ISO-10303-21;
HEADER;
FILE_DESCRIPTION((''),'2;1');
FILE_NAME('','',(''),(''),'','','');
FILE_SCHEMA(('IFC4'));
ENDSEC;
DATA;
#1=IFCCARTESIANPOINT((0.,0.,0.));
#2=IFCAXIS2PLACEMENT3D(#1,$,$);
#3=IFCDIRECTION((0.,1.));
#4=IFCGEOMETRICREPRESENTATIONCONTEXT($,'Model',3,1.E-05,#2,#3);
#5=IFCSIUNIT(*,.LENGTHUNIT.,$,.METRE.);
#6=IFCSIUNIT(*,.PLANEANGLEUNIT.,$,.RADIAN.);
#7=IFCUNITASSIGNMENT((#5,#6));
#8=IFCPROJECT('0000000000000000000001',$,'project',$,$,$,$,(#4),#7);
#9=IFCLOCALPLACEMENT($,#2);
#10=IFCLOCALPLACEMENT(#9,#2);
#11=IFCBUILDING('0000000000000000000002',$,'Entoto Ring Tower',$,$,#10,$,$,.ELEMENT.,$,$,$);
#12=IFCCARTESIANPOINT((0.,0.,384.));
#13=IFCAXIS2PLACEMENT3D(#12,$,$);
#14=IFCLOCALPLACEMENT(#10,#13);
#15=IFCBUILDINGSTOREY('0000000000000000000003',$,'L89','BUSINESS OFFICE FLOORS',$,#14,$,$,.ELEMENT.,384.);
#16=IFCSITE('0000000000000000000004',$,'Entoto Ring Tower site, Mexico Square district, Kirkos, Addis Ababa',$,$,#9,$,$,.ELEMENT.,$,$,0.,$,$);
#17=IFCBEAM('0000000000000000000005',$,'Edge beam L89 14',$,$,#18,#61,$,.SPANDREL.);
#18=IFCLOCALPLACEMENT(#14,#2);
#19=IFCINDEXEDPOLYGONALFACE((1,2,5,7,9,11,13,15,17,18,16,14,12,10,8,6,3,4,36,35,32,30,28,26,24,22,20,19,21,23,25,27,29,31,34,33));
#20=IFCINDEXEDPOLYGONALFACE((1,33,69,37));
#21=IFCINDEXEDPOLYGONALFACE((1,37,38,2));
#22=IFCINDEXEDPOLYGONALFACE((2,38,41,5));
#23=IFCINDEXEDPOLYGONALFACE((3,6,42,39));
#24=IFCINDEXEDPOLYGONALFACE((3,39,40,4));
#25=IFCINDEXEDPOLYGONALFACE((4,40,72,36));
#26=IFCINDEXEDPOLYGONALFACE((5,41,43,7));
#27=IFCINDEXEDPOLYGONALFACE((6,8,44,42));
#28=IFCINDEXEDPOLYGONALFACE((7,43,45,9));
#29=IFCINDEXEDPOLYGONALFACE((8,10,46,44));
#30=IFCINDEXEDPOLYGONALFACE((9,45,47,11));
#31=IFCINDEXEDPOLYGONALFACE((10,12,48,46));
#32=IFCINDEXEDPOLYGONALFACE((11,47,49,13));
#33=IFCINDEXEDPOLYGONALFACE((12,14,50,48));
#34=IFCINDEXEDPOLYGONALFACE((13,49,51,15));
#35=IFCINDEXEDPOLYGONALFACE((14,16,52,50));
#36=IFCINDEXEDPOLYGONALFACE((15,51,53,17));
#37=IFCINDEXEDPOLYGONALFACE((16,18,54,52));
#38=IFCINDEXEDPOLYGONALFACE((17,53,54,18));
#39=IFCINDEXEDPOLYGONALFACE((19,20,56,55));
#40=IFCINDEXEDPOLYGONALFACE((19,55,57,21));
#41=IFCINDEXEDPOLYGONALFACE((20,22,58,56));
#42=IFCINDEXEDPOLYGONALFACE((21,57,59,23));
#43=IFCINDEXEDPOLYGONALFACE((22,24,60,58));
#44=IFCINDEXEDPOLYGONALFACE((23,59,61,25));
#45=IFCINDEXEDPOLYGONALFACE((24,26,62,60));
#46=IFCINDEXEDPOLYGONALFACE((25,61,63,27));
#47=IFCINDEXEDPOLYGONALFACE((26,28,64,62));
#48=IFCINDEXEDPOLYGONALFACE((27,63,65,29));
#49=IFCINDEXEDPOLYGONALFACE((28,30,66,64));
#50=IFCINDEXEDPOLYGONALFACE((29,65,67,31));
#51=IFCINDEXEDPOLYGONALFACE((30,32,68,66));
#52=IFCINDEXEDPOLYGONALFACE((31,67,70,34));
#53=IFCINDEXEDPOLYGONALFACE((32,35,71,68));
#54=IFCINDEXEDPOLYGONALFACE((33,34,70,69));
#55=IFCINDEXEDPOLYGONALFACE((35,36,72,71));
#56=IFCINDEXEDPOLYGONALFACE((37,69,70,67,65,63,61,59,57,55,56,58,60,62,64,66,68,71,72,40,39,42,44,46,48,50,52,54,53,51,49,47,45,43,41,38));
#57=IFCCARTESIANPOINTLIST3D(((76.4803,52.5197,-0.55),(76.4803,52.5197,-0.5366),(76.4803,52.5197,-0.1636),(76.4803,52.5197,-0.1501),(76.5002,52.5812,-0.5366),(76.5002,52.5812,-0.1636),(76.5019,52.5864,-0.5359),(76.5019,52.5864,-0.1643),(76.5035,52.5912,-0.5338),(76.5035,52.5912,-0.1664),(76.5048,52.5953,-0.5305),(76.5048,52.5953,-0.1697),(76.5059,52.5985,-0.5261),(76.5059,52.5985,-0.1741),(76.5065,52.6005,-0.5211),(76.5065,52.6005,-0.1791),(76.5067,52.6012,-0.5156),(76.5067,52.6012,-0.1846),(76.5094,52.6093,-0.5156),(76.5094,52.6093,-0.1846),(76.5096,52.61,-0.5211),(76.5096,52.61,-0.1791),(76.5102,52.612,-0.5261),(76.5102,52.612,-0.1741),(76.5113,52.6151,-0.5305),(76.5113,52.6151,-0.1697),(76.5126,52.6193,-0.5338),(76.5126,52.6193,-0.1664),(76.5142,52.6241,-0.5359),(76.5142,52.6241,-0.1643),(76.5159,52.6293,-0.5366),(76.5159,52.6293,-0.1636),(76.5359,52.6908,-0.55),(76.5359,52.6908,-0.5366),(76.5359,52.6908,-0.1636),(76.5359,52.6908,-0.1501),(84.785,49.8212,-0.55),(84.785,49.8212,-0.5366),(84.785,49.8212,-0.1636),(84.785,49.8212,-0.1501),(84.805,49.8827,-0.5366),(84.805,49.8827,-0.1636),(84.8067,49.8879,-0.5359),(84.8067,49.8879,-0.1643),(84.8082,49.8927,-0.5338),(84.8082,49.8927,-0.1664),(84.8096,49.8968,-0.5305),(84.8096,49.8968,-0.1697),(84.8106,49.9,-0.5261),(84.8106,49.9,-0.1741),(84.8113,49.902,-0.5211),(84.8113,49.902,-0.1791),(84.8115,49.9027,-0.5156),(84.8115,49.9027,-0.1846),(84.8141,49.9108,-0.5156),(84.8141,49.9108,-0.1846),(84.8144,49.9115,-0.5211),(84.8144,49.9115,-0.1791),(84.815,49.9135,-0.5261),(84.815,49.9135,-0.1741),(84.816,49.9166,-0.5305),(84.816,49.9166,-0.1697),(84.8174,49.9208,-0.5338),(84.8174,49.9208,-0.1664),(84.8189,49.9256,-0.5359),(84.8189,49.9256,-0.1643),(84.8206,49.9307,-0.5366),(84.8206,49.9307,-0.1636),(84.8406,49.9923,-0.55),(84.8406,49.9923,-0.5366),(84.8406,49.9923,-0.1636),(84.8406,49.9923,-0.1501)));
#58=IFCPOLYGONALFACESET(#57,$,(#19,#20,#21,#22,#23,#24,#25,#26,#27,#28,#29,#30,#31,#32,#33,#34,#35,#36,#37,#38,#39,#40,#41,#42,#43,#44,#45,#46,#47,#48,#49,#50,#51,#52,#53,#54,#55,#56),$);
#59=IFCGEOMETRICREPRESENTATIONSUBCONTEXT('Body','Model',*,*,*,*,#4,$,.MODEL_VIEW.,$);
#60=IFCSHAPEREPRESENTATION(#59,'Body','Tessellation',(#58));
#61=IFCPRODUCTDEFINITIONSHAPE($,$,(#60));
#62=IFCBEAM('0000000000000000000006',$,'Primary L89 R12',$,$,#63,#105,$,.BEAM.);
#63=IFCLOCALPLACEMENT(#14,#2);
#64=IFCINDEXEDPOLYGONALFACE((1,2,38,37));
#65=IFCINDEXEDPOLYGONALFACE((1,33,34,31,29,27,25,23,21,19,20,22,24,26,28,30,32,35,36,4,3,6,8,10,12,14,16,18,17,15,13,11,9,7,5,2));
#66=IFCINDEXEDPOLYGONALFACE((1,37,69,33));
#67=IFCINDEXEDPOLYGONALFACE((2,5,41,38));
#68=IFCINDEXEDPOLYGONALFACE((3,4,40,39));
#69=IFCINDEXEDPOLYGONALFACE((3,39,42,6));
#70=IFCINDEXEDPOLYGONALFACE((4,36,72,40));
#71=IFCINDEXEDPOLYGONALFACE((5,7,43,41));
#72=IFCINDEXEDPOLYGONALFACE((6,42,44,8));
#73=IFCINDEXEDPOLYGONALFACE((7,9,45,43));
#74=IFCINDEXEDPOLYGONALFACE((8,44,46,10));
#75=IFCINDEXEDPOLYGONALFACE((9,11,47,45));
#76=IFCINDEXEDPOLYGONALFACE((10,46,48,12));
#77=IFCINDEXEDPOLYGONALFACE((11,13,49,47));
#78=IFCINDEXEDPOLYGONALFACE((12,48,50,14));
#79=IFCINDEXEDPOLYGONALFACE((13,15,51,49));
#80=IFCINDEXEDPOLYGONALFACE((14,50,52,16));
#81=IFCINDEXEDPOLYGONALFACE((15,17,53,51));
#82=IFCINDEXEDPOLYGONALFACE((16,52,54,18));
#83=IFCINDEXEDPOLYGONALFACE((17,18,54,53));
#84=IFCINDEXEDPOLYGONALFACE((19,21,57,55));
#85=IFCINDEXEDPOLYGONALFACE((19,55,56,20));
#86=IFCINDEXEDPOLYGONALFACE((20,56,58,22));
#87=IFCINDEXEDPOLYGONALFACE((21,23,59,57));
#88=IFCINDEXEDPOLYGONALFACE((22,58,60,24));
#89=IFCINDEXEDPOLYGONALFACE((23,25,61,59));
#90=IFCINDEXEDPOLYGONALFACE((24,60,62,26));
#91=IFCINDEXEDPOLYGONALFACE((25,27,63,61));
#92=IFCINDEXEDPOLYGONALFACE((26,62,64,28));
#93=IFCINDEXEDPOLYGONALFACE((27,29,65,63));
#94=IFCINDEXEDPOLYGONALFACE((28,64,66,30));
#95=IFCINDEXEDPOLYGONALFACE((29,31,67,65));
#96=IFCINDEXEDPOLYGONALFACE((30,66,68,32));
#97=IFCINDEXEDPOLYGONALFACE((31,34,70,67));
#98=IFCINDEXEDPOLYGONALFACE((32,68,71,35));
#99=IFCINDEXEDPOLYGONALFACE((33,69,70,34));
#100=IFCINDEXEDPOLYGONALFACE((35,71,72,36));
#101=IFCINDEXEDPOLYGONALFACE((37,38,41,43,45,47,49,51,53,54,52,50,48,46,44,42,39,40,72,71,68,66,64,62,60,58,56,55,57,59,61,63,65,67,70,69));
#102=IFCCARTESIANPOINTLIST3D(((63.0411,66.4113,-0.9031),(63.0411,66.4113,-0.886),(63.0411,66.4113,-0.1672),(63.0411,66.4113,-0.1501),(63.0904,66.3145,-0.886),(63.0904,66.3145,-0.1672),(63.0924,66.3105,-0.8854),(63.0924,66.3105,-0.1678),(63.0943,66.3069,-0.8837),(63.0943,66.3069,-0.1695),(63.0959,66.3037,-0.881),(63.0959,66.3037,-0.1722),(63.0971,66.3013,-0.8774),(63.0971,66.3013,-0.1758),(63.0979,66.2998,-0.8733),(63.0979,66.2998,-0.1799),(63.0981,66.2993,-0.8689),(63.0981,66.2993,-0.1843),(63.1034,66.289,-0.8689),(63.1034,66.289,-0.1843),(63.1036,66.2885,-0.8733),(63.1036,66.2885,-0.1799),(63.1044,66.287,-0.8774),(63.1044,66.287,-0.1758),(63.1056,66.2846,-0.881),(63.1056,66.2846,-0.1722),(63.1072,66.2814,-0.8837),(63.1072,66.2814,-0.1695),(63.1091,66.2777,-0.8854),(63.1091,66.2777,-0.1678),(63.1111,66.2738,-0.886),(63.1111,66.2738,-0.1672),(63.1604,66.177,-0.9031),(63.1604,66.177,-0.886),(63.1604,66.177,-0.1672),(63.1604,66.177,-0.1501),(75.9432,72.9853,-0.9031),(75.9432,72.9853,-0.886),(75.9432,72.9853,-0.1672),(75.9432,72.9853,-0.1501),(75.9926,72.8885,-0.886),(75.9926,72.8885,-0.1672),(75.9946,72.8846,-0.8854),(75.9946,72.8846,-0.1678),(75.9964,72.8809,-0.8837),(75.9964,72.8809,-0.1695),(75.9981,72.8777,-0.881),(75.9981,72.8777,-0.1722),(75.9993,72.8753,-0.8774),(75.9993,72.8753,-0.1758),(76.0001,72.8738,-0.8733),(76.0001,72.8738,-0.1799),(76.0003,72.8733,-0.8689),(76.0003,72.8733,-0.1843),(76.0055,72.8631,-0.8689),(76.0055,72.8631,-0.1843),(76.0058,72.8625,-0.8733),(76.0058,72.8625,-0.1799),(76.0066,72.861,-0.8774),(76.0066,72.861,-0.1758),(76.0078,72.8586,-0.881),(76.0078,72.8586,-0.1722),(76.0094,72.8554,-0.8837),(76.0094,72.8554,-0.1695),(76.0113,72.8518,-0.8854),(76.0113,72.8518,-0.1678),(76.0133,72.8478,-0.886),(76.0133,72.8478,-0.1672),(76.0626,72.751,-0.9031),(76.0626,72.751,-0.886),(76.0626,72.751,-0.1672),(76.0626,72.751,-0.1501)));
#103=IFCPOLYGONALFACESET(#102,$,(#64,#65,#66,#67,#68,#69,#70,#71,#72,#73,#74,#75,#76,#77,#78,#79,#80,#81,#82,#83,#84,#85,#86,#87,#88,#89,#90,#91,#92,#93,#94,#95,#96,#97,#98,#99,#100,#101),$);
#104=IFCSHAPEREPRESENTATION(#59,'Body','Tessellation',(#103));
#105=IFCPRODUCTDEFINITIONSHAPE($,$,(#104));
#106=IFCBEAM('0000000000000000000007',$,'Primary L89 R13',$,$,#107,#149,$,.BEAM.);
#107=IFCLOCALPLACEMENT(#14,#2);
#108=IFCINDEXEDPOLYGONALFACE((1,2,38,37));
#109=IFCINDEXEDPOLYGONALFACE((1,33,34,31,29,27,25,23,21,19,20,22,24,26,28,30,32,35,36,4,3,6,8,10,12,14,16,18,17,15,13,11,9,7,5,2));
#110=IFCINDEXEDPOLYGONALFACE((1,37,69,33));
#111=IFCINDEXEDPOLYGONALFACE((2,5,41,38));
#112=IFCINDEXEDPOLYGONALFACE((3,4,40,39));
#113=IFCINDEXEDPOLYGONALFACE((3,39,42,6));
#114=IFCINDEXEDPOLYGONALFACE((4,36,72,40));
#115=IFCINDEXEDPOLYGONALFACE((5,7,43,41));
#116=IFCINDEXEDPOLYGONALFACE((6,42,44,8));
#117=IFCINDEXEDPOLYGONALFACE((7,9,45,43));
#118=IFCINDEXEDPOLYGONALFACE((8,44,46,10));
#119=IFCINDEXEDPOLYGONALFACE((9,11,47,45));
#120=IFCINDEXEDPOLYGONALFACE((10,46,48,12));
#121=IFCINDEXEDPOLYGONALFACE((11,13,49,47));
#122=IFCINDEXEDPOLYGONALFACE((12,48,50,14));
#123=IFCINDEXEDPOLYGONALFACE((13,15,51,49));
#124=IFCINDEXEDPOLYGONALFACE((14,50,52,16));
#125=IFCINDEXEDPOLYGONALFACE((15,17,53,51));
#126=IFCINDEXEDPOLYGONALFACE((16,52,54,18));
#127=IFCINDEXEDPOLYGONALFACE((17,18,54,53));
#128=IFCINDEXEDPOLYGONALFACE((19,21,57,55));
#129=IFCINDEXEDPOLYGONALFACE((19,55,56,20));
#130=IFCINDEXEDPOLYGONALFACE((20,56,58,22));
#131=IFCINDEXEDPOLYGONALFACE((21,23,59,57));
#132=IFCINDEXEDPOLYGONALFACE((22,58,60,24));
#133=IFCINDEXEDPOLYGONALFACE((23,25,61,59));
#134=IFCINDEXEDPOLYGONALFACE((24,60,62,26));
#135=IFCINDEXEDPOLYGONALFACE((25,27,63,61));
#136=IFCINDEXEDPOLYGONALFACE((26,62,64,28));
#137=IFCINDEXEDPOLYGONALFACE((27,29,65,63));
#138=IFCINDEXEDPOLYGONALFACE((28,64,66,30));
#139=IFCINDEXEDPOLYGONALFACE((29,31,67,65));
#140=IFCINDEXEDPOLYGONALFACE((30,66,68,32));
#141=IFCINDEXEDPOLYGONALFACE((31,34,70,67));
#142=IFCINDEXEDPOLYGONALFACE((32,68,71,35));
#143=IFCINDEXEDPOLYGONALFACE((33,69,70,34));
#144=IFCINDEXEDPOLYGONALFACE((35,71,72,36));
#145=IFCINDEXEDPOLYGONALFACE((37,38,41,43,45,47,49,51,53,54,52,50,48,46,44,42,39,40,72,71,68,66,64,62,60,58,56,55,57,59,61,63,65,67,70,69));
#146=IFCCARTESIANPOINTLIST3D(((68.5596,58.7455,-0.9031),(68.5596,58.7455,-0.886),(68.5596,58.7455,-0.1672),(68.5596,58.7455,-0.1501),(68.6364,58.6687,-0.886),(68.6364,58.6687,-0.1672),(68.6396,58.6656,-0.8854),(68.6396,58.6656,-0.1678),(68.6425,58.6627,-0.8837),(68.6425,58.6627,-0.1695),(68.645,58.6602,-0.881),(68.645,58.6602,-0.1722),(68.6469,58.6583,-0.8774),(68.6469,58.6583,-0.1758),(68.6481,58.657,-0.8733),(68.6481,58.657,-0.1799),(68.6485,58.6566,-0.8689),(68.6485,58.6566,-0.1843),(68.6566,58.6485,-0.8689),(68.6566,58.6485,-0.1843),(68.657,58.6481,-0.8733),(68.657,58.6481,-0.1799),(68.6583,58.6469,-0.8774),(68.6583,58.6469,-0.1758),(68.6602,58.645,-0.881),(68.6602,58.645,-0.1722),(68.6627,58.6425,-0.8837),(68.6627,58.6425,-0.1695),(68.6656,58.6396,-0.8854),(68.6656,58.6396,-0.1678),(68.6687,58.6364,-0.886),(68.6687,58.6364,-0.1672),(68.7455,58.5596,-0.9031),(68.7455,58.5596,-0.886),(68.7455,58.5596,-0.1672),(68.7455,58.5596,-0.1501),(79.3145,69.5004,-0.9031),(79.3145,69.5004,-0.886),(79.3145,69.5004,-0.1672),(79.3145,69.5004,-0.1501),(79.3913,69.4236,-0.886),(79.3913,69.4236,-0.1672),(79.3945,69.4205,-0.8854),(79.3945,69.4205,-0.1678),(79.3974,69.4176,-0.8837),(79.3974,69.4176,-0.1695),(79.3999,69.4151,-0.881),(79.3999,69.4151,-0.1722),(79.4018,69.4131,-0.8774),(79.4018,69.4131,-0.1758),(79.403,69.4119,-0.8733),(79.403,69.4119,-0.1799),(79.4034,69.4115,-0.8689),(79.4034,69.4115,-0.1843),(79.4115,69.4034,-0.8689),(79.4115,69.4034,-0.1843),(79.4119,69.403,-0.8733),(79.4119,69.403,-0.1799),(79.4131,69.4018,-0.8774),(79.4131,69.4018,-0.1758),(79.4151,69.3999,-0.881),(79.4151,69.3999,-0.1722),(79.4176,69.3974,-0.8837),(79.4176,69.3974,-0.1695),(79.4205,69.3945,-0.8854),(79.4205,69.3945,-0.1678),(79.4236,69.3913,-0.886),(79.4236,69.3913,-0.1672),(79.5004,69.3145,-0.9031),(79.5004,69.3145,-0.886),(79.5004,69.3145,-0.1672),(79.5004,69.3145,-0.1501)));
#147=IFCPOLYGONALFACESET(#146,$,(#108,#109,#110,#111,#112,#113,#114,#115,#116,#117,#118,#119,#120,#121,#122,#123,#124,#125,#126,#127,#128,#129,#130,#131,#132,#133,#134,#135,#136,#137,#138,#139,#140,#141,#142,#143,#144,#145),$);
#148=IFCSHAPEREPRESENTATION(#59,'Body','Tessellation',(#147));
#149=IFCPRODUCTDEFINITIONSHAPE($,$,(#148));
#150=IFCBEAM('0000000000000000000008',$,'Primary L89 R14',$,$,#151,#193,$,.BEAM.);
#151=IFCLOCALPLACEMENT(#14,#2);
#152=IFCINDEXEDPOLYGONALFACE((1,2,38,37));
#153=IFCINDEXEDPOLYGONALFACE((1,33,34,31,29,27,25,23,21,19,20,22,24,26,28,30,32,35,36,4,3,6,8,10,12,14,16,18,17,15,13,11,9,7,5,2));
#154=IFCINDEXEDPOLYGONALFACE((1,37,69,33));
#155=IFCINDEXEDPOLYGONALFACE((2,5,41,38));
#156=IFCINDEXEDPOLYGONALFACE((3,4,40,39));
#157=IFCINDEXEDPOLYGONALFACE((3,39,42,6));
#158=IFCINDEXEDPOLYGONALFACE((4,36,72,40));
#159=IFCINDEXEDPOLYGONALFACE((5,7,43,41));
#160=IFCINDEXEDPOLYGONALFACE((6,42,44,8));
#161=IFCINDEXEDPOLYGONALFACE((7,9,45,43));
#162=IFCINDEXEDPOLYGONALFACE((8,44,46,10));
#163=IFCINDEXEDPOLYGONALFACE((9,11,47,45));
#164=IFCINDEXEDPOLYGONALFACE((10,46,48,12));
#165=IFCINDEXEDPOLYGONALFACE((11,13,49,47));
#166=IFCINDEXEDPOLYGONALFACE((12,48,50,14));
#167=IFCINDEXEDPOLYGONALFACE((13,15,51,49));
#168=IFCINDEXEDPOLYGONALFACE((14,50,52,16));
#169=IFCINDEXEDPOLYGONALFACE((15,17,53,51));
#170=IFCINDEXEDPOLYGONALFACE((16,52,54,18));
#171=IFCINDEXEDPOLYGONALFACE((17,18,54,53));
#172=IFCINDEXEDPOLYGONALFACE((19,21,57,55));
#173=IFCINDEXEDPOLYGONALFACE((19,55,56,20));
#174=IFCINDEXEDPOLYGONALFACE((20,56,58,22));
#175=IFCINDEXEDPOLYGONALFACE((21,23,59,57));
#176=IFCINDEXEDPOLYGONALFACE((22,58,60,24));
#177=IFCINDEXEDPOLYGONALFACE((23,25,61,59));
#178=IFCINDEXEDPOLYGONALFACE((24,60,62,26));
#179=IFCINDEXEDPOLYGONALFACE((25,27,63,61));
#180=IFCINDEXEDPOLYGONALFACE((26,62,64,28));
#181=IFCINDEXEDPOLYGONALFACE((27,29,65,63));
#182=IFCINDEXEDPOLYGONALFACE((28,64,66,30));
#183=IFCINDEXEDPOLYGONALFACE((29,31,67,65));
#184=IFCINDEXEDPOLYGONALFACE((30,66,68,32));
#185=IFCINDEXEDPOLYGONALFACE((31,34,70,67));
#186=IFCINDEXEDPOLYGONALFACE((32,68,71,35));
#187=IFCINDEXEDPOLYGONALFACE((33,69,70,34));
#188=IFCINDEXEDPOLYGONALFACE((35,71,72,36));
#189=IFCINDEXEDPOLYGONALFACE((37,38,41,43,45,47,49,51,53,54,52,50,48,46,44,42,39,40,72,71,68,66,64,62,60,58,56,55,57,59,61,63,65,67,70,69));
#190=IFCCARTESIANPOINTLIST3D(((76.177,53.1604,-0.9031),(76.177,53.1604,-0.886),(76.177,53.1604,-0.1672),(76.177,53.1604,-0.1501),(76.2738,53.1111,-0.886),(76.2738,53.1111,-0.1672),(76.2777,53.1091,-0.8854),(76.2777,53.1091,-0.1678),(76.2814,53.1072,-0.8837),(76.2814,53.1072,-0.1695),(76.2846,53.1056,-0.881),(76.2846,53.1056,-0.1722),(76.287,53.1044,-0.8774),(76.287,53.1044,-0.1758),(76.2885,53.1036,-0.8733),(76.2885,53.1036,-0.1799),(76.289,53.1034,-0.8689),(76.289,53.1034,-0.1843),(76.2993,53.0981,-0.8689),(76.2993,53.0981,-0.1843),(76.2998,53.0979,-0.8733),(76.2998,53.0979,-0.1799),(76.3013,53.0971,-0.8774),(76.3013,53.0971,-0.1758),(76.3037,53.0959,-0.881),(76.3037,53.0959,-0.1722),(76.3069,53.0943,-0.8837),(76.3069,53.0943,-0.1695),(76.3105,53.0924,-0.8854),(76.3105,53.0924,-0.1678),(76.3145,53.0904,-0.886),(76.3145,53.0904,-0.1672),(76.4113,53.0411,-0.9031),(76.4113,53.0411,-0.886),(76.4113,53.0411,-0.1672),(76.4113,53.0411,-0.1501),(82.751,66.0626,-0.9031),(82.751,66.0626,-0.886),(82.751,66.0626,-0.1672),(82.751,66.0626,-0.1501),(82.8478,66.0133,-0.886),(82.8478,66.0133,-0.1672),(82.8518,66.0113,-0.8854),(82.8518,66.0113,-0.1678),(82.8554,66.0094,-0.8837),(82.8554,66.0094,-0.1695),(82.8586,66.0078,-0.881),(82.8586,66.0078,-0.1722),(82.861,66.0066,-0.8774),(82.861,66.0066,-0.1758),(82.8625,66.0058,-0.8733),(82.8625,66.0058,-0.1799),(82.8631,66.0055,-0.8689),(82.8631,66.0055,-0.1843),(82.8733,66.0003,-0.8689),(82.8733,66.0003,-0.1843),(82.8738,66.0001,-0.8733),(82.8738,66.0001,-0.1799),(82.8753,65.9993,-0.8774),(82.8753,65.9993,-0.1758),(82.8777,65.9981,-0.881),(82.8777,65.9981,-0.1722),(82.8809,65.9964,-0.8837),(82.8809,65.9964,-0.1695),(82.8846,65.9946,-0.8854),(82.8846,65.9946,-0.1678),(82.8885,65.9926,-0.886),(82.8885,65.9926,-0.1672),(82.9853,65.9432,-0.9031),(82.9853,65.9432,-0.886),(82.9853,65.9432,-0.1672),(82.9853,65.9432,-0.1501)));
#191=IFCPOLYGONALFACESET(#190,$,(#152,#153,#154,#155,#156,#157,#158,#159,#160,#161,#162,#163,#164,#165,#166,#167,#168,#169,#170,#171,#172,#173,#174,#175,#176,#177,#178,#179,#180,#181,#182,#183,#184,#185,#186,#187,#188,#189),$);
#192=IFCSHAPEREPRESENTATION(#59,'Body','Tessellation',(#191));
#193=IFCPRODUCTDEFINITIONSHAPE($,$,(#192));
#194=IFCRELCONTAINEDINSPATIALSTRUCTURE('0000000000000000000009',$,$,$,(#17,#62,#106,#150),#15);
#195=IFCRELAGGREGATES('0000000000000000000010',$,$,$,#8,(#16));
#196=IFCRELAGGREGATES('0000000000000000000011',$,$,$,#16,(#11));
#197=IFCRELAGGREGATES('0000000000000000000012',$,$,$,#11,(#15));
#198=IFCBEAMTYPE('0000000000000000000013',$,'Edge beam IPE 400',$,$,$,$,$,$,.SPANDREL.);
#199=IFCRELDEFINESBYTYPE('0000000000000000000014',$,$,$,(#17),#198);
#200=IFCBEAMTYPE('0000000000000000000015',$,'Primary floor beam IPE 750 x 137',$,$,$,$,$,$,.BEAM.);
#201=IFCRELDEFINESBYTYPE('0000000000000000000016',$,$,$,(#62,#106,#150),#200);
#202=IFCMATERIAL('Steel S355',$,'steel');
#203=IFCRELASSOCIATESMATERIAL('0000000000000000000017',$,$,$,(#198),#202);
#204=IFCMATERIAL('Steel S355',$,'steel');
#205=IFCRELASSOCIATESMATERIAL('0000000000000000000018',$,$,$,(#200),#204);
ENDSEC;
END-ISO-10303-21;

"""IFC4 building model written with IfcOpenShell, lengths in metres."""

from ifc_helpers import new_model, si_unit, direction, frame, origin, origin_2d, place, context, subcontext, project, spatial, i_section, extrude, material, material_profile, profile_set, type_object, element, save


model = new_model("IFC4")

# Units and contexts
model_context = context("Model", 3, precision=1e-05, world=origin(), true_north=direction((0.0, 1.0)))
body_context = subcontext(model_context, "Body", "Model", "MODEL_VIEW")
ifc_project = project(units=[si_unit("LENGTHUNIT", "METRE"), si_unit("PLANEANGLEUNIT", "RADIAN")], contexts=[model_context])

# Site, building, storey
site_placement = place(None, origin())
site = spatial("IfcSite", under=ifc_project, at=site_placement, Name="Entoto Ring Tower site, Mexico Square district, Kirkos, Addis Ababa", CompositionType="ELEMENT", RefElevation=0.0)
building_placement = place(site_placement, origin())
building = spatial("IfcBuilding", under=site, at=building_placement, Name="Entoto Ring Tower", CompositionType="ELEMENT")
storey_placement = place(building_placement, frame((0.0, 0.0, 384.0)))
storey = spatial("IfcBuildingStorey", under=building, at=storey_placement, Name="L89", Description="BUSINESS OFFICE FLOORS", CompositionType="ELEMENT", Elevation=384.0)

# Beams
ifc_material_1 = material(Name="Steel S355", Category="steel")
ifc_material_profile_1 = material_profile(ifc_material_1, i_section(OverallWidth=0.1799, OverallDepth=0.3999, WebThickness=0.0085, FlangeThickness=0.0134, FilletRadius=0.021, at=origin_2d()), Name="IPE 400")
ifc_profile_set_1 = profile_set([ifc_material_profile_1], Name="Steel S355")
beam_type_1 = type_object("IfcBeamType", Name="Edge beam IPE 400", PredefinedType="SPANDREL", material=ifc_profile_set_1)
beam_1_placement = place(storey_placement, frame((76.5081, 52.6052, -0.3501), z_axis=(0.951052, -0.30903, 0.0), x_axis=(0.30903, 0.951052, 0.0)))
element("IfcBeam", 1, at=beam_1_placement, inside=storey, type_object=beam_type_1, Name="Edge beam L89 14", PredefinedType="SPANDREL", context=body_context, shape_type="SweptSolid", body=[
    extrude(i_section(OverallWidth=0.1799, OverallDepth=0.3999, WebThickness=0.0085, FlangeThickness=0.0134, FilletRadius=0.021, at=origin_2d()), origin(), (0.0, 0.0, 1.0), 8.7322),
])
ifc_material_2 = material(Name="Steel S355", Category="steel")
ifc_material_profile_2 = material_profile(ifc_material_2, i_section(OverallWidth=0.2629, OverallDepth=0.7529, WebThickness=0.0115, FlangeThickness=0.0171, FilletRadius=0.0171, at=origin_2d()), Name="IPE 750 x 137")
ifc_profile_set_2 = profile_set([ifc_material_profile_2], Name="Steel S355")
beam_type_2 = type_object("IfcBeamType", Name="Primary floor beam IPE 750 x 137", PredefinedType="BEAM", material=ifc_profile_set_2)
beam_2_placement = place(storey_placement, frame((76.0029, 72.8682, -0.5266), z_axis=(-0.891006, -0.453992, 0.0), x_axis=(0.453992, -0.891006, 0.0)))
element("IfcBeam", 2, at=beam_2_placement, inside=storey, type_object=beam_type_2, Name="Primary L89 R12", PredefinedType="BEAM", context=body_context, shape_type="SweptSolid", body=[
    extrude(i_section(OverallWidth=0.2629, OverallDepth=0.7529, WebThickness=0.0115, FlangeThickness=0.0171, FilletRadius=0.0171, at=origin_2d()), origin(), (0.0, 0.0, 1.0), 14.4805),
])
beam_3_placement = place(storey_placement, frame((79.4075, 69.4075, -0.5266), z_axis=(-0.707107, -0.707107, 0.0), x_axis=(0.707107, -0.707107, 0.0)))
element("IfcBeam", 3, at=beam_3_placement, inside=storey, type_object=beam_type_2, Name="Primary L89 R13", PredefinedType="BEAM", context=body_context, shape_type="SweptSolid", body=[
    extrude(i_section(OverallWidth=0.2629, OverallDepth=0.7529, WebThickness=0.0115, FlangeThickness=0.0171, FilletRadius=0.0171, at=origin_2d()), origin(), (0.0, 0.0, 1.0), 15.2097),
])
beam_4_placement = place(storey_placement, frame((82.8682, 66.0029, -0.5266), z_axis=(-0.453992, -0.891006, 0.0), x_axis=(0.891006, -0.453992, 0.0)))
element("IfcBeam", 4, at=beam_4_placement, inside=storey, type_object=beam_type_2, Name="Primary L89 R14", PredefinedType="BEAM", context=body_context, shape_type="SweptSolid", body=[
    extrude(i_section(OverallWidth=0.2629, OverallDepth=0.7529, WebThickness=0.0115, FlangeThickness=0.0171, FilletRadius=0.0171, at=origin_2d()), origin(), (0.0, 0.0, 1.0), 14.4805),
])

save(model, "model.ifc")
